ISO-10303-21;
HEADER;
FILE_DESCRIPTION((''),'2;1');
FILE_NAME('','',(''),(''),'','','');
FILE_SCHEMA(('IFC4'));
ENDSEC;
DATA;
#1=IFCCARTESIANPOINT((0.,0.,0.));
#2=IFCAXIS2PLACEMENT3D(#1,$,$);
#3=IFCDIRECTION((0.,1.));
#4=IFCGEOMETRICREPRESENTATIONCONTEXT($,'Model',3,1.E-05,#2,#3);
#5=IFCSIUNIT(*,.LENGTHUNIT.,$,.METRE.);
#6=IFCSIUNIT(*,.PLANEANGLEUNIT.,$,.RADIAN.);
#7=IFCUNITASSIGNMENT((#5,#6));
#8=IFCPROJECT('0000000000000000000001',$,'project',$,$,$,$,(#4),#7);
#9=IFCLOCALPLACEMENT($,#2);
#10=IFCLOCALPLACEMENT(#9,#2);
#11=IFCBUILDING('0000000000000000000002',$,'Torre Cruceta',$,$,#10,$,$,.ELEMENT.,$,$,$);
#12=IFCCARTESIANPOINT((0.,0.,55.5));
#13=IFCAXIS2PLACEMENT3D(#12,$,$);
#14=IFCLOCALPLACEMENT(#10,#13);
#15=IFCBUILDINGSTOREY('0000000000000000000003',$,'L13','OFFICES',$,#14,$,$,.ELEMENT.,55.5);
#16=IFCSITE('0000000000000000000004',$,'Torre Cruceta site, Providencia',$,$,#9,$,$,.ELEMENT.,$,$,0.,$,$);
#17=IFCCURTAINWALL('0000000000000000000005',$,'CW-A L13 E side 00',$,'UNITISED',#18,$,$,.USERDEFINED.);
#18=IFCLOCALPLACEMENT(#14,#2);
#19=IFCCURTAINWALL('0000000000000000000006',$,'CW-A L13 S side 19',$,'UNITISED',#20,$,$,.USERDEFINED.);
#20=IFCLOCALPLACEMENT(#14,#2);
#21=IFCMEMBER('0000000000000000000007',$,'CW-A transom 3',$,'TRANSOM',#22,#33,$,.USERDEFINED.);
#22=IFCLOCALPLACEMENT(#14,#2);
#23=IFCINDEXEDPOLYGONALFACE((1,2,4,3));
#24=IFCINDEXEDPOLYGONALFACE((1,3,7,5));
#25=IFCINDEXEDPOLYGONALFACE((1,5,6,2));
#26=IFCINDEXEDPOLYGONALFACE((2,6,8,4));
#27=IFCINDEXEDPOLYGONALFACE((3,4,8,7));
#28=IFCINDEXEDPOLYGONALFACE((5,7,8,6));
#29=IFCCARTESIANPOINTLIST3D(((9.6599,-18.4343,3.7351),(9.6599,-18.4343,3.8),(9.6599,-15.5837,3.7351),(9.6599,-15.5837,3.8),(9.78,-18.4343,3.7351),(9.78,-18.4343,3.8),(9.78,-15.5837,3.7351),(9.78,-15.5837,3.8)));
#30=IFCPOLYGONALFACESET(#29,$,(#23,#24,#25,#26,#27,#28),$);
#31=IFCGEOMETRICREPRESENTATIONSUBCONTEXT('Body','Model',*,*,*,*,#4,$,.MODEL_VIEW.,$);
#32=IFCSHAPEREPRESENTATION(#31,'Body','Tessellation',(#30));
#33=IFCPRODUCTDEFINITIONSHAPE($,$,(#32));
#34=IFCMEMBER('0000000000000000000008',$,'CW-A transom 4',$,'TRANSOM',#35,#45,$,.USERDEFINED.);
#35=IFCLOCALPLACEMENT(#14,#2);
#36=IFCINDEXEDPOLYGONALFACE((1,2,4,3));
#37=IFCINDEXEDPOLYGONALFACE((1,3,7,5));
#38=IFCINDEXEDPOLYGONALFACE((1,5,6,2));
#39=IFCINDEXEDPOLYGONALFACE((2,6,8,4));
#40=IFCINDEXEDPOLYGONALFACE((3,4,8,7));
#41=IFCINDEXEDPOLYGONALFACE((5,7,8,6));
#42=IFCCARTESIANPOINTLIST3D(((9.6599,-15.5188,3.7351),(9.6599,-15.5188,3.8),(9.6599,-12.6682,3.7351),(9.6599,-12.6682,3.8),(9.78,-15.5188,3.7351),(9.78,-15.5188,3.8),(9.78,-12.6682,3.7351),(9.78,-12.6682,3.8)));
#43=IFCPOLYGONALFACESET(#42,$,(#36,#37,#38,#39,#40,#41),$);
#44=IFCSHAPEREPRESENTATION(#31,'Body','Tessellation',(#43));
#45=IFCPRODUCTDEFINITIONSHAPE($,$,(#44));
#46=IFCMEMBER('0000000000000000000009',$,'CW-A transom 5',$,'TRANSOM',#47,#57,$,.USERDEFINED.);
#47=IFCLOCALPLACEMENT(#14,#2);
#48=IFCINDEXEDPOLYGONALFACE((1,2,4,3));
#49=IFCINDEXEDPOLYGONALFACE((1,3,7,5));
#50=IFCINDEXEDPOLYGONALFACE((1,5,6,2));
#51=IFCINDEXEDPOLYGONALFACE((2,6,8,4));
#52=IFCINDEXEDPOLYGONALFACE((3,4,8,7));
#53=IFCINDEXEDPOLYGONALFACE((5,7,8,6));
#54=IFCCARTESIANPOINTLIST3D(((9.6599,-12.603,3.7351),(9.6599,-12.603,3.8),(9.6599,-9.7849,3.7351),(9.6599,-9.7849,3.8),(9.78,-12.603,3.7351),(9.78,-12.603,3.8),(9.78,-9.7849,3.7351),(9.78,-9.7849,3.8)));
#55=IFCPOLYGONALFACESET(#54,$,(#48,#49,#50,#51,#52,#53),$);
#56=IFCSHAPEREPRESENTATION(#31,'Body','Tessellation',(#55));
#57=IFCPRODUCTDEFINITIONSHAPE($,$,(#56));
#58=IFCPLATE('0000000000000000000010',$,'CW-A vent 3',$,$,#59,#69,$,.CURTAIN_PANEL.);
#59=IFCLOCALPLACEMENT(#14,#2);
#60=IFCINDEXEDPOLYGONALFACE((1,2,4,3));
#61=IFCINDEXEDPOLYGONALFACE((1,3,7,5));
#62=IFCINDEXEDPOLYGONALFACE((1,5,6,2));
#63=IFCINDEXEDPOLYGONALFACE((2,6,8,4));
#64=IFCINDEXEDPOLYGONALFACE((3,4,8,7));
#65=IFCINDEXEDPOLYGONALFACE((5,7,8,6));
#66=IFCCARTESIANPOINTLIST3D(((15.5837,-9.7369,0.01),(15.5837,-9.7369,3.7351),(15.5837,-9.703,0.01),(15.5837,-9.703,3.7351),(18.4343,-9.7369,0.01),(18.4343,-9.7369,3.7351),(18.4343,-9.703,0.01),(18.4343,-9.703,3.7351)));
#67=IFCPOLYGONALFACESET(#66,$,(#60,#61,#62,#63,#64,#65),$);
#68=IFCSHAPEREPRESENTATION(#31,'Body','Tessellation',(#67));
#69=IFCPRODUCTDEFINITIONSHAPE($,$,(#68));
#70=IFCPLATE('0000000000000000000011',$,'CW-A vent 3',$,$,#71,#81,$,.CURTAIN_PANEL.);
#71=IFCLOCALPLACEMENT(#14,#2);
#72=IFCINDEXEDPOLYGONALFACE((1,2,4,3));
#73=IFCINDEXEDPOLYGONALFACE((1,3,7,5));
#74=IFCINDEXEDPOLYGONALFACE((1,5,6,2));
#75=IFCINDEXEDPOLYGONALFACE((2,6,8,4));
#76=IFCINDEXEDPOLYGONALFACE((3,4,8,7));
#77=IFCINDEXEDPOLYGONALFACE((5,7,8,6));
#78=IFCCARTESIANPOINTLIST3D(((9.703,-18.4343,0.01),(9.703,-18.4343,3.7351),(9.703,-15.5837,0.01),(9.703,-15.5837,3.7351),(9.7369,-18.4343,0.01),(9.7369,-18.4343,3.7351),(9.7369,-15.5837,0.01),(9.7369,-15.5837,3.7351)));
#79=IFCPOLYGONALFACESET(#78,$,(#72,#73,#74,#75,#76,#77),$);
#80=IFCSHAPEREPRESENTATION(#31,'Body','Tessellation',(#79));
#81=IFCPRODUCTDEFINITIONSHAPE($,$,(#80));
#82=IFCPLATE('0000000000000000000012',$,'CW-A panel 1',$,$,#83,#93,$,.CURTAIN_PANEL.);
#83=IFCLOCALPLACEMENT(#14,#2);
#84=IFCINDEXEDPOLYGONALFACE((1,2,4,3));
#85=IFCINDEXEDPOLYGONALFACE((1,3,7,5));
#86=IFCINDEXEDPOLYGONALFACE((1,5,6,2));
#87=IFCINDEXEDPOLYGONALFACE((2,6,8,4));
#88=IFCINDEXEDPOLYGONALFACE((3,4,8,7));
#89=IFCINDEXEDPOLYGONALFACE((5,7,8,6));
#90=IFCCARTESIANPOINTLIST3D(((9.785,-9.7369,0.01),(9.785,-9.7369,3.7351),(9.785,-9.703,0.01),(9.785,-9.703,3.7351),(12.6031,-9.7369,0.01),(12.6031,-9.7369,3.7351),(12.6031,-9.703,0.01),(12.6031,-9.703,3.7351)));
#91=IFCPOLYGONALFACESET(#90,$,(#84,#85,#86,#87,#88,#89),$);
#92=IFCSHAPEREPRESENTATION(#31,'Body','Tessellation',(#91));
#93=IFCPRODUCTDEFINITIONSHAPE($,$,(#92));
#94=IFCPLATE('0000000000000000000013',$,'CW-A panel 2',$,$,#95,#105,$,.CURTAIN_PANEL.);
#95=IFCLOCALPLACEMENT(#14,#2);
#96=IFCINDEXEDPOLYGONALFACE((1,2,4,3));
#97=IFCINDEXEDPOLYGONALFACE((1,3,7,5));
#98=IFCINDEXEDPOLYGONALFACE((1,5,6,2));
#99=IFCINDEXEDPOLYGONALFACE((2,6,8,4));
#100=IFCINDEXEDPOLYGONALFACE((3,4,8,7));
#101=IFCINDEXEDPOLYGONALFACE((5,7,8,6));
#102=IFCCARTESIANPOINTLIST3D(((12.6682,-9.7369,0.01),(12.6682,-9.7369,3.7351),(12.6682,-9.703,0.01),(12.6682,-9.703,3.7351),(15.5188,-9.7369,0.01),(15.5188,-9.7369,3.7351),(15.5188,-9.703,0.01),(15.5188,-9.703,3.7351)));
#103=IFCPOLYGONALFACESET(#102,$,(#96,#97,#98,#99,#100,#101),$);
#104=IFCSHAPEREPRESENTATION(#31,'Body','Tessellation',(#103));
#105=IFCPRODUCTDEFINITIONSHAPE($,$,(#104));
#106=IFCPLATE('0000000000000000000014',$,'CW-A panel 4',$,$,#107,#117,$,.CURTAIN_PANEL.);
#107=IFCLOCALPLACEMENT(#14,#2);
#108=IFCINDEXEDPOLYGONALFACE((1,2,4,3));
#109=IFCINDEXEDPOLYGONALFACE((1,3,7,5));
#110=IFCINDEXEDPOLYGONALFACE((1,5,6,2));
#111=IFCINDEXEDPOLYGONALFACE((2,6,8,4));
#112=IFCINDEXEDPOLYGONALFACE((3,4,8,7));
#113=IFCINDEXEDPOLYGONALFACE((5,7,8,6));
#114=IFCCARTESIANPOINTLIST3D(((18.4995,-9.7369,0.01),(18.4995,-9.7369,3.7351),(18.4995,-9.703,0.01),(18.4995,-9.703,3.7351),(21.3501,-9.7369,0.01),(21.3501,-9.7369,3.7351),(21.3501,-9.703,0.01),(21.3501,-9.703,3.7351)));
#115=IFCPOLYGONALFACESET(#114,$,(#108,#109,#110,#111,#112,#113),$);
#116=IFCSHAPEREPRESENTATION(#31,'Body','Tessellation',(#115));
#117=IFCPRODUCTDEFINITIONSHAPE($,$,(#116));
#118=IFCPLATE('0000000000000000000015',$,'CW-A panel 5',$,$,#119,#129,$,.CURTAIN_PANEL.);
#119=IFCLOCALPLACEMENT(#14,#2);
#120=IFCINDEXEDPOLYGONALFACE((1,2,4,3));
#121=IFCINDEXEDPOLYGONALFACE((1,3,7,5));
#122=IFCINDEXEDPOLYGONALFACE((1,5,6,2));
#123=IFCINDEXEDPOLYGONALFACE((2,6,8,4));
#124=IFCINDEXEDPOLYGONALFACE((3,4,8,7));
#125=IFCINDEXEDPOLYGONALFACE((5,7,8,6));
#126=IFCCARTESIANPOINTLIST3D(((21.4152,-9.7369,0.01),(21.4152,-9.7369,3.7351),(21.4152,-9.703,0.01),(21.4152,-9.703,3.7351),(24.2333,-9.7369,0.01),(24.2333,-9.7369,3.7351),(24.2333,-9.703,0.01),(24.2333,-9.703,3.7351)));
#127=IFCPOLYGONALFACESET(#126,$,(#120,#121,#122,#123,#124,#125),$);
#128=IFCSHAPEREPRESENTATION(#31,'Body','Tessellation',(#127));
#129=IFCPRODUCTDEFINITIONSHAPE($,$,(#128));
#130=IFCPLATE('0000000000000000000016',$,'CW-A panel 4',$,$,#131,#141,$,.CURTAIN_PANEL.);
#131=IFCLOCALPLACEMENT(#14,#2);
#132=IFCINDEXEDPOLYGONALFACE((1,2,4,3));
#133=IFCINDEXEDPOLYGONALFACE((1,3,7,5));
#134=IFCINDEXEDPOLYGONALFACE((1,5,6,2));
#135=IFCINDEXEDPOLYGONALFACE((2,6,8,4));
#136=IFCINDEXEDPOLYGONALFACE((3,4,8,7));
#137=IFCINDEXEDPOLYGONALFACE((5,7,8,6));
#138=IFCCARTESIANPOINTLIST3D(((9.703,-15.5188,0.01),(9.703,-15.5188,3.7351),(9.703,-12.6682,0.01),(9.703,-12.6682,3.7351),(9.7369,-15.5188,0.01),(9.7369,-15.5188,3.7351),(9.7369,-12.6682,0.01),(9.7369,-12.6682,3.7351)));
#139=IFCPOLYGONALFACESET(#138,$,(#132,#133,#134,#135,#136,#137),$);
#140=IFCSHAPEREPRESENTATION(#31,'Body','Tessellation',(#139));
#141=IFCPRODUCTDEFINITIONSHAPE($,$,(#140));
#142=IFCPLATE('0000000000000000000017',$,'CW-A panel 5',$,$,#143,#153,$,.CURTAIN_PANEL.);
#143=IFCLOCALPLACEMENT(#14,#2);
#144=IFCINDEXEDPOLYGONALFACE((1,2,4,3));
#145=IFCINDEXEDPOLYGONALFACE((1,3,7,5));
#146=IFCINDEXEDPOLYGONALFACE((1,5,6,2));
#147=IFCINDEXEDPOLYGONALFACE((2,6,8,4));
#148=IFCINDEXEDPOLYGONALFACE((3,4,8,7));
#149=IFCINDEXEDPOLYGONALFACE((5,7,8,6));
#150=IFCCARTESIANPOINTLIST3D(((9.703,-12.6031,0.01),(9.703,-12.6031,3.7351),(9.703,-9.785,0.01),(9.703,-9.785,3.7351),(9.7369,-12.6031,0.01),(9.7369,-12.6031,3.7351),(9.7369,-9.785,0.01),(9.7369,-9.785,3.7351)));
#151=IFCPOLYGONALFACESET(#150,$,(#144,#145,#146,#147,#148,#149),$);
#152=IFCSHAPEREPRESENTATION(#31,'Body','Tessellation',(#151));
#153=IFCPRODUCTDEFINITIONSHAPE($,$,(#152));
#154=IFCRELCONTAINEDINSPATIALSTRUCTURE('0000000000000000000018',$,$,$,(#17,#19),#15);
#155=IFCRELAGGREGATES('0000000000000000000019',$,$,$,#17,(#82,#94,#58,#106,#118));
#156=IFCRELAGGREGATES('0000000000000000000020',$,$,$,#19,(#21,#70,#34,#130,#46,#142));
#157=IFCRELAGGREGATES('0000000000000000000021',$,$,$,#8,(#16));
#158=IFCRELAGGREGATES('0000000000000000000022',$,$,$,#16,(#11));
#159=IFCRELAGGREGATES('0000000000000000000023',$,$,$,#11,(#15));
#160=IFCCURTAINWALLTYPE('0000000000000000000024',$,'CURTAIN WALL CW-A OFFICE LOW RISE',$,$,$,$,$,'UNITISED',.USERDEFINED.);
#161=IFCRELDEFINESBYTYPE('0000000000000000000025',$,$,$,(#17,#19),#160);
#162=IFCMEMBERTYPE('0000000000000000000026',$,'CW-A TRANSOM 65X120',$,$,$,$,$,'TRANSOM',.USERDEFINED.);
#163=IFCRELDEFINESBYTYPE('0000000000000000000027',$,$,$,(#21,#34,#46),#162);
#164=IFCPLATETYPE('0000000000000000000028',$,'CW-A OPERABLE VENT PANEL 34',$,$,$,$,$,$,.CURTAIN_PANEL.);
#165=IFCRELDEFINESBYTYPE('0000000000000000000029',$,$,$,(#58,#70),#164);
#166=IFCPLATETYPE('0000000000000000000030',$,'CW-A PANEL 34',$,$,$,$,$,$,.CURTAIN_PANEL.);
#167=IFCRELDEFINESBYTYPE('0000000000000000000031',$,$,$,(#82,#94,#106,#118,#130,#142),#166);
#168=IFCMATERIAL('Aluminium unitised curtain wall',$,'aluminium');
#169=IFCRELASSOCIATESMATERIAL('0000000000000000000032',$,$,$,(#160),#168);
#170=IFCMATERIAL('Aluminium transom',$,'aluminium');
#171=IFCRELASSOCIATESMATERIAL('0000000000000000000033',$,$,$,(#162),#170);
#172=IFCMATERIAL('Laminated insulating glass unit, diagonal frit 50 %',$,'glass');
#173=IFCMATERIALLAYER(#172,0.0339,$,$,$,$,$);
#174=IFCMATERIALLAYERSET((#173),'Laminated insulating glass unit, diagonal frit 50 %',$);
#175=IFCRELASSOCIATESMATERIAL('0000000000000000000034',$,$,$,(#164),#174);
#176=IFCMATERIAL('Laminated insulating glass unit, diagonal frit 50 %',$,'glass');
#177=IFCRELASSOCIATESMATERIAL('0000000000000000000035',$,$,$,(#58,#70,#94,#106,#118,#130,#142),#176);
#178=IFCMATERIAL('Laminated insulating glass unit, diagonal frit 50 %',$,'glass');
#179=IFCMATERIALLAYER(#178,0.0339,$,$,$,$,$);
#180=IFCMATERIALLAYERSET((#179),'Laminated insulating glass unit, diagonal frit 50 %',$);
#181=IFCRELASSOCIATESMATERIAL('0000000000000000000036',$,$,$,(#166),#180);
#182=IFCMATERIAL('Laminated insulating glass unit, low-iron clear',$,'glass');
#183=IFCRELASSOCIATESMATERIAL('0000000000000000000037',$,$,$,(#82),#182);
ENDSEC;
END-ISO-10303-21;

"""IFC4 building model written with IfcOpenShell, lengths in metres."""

from ifc_helpers import new_model, si_unit, direction, frame, origin, origin_2d, place, context, subcontext, project, spatial, rectangle, extrude, material, layer, layer_set, material_profile, profile_set, type_object, element, aggregate, save


model = new_model("IFC4")

# Units and contexts
model_context = context("Model", 3, precision=1e-05, world=origin(), true_north=direction((0.0, 1.0)))
body_context = subcontext(model_context, "Body", "Model", "MODEL_VIEW")
ifc_project = project(units=[si_unit("LENGTHUNIT", "METRE"), si_unit("PLANEANGLEUNIT", "RADIAN")], contexts=[model_context])

# Site, building, storey
site_placement = place(None, origin())
site = spatial("IfcSite", under=ifc_project, at=site_placement, Name="Torre Cruceta site, Providencia", CompositionType="ELEMENT", RefElevation=0.0)
building_placement = place(site_placement, origin())
building = spatial("IfcBuilding", under=site, at=building_placement, Name="Torre Cruceta", CompositionType="ELEMENT")
storey_placement = place(building_placement, frame((0.0, 0.0, 55.5)))
storey = spatial("IfcBuildingStorey", under=building, at=storey_placement, Name="L13", Description="OFFICES", CompositionType="ELEMENT", Elevation=55.5)

# Curtain walls
ifc_material_1 = material(Name="Aluminium unitised curtain wall", Category="aluminium")
curtain_wall_type = type_object("IfcCurtainWallType", Name="CURTAIN WALL CW-A OFFICE LOW RISE", ElementType="UNITISED", PredefinedType="USERDEFINED", material=ifc_material_1)
curtain_wall_1_placement = place(storey_placement, origin())
curtain_wall_1 = element("IfcCurtainWall", 1, at=curtain_wall_1_placement, inside=storey, type_object=curtain_wall_type, Name="CW-A L13 E side 00", ObjectType="UNITISED", PredefinedType="USERDEFINED")
curtain_wall_2_placement = place(storey_placement, origin())
curtain_wall_2 = element("IfcCurtainWall", 2, at=curtain_wall_2_placement, inside=storey, type_object=curtain_wall_type, Name="CW-A L13 S side 19", ObjectType="UNITISED", PredefinedType="USERDEFINED")

# Members
ifc_material_2 = material(Name="Aluminium transom", Category="aluminium")
ifc_material_profile_1 = material_profile(ifc_material_2, rectangle(XDim=0.1201, YDim=0.0649, at=origin_2d()), Name="AL 120X65")
ifc_profile_set_1 = profile_set([ifc_material_profile_1], Name="Aluminium transom")
member_type_1 = type_object("IfcMemberType", Name="CW-A TRANSOM 65X120", ElementType="TRANSOM", PredefinedType="USERDEFINED", material=ifc_profile_set_1)
member_1_placement = place(storey_placement, frame((9.72, -18.4343, 3.7676), z_axis=(0.0, 1.0, 0.0), x_axis=(-1.0, 0.0, 0.0)))
member_1 = element("IfcMember", 3, at=member_1_placement, type_object=member_type_1, Name="CW-A transom 3", ObjectType="TRANSOM", PredefinedType="USERDEFINED", context=body_context, shape_type="SweptSolid", body=[
    extrude(rectangle(XDim=0.1201, YDim=0.0649, at=origin_2d()), origin(), (0.0, 0.0, 1.0), 2.8506),
])
member_2_placement = place(storey_placement, frame((9.72, -15.5188, 3.7676), z_axis=(0.0, 1.0, 0.0), x_axis=(-1.0, 0.0, 0.0)))
member_2 = element("IfcMember", 4, at=member_2_placement, type_object=member_type_1, Name="CW-A transom 4", ObjectType="TRANSOM", PredefinedType="USERDEFINED", context=body_context, shape_type="SweptSolid", body=[
    extrude(rectangle(XDim=0.1201, YDim=0.0649, at=origin_2d()), origin(), (0.0, 0.0, 1.0), 2.8506),
])
member_3_placement = place(storey_placement, frame((9.72, -12.603, 3.7676), z_axis=(0.0, 1.0, 0.0), x_axis=(-1.0, 0.0, 0.0)))
member_3 = element("IfcMember", 5, at=member_3_placement, type_object=member_type_1, Name="CW-A transom 5", ObjectType="TRANSOM", PredefinedType="USERDEFINED", context=body_context, shape_type="SweptSolid", body=[
    extrude(rectangle(XDim=0.1201, YDim=0.0649, at=origin_2d()), origin(), (0.0, 0.0, 1.0), 2.8181),
])

# Plates
ifc_material_3 = material(Name="Laminated insulating glass unit, diagonal frit 50 %", Category="glass")
ifc_material_4 = material(Name="Laminated insulating glass unit, diagonal frit 50 %", Category="glass")
ifc_layer_1 = layer(ifc_material_4, 0.0339)
ifc_layer_set_1 = layer_set([ifc_layer_1], Name="Laminated insulating glass unit, diagonal frit 50 %")
plate_type_1 = type_object("IfcPlateType", Name="CW-A OPERABLE VENT PANEL 34", PredefinedType="CURTAIN_PANEL", material=ifc_layer_set_1)
plate_1_placement = place(storey_placement, frame((17.009, -9.72, 0.01), z_axis=(0.0, 0.0, 1.0), x_axis=(1.0, 0.0, 0.0)))
plate_1 = element("IfcPlate", 6, at=plate_1_placement, type_object=plate_type_1, material=ifc_material_3, Name="CW-A vent 3", PredefinedType="CURTAIN_PANEL", context=body_context, shape_type="SweptSolid", body=[
    extrude(rectangle(XDim=2.8506, YDim=0.0339, at=origin_2d()), origin(), (0.0, 0.0, 1.0), 3.7251),
])
plate_2_placement = place(storey_placement, frame((9.72, -17.009, 0.01), z_axis=(0.0, 0.0, 1.0), x_axis=(0.0, 1.0, 0.0)))
plate_2 = element("IfcPlate", 7, at=plate_2_placement, type_object=plate_type_1, material=ifc_material_3, Name="CW-A vent 3", PredefinedType="CURTAIN_PANEL", context=body_context, shape_type="SweptSolid", body=[
    extrude(rectangle(XDim=2.8506, YDim=0.0339, at=origin_2d()), origin(), (0.0, 0.0, 1.0), 3.7251),
])
ifc_material_5 = material(Name="Laminated insulating glass unit, low-iron clear", Category="glass")
ifc_material_6 = material(Name="Laminated insulating glass unit, diagonal frit 50 %", Category="glass")
ifc_layer_2 = layer(ifc_material_6, 0.0339)
ifc_layer_set_2 = layer_set([ifc_layer_2], Name="Laminated insulating glass unit, diagonal frit 50 %")
plate_type_2 = type_object("IfcPlateType", Name="CW-A PANEL 34", PredefinedType="CURTAIN_PANEL", material=ifc_layer_set_2)
plate_3_placement = place(storey_placement, frame((11.1941, -9.72, 0.01), z_axis=(0.0, 0.0, 1.0), x_axis=(1.0, 0.0, 0.0)))
plate_3 = element("IfcPlate", 8, at=plate_3_placement, type_object=plate_type_2, material=ifc_material_5, Name="CW-A panel 1", PredefinedType="CURTAIN_PANEL", context=body_context, shape_type="SweptSolid", body=[
    extrude(rectangle(XDim=2.8181, YDim=0.0339, at=origin_2d()), origin(), (0.0, 0.0, 1.0), 3.7251),
])
plate_4_placement = place(storey_placement, frame((14.0935, -9.72, 0.01), z_axis=(0.0, 0.0, 1.0), x_axis=(1.0, 0.0, 0.0)))
plate_4 = element("IfcPlate", 9, at=plate_4_placement, type_object=plate_type_2, material=ifc_material_3, Name="CW-A panel 2", PredefinedType="CURTAIN_PANEL", context=body_context, shape_type="SweptSolid", body=[
    extrude(rectangle(XDim=2.8506, YDim=0.0339, at=origin_2d()), origin(), (0.0, 0.0, 1.0), 3.7251),
])
plate_5_placement = place(storey_placement, frame((19.9248, -9.72, 0.01), z_axis=(0.0, 0.0, 1.0), x_axis=(1.0, 0.0, 0.0)))
plate_5 = element("IfcPlate", 10, at=plate_5_placement, type_object=plate_type_2, material=ifc_material_3, Name="CW-A panel 4", PredefinedType="CURTAIN_PANEL", context=body_context, shape_type="SweptSolid", body=[
    extrude(rectangle(XDim=2.8506, YDim=0.0339, at=origin_2d()), origin(), (0.0, 0.0, 1.0), 3.7251),
])
plate_6_placement = place(storey_placement, frame((22.8242, -9.72, 0.01), z_axis=(0.0, 0.0, 1.0), x_axis=(1.0, 0.0, 0.0)))
plate_6 = element("IfcPlate", 11, at=plate_6_placement, type_object=plate_type_2, material=ifc_material_3, Name="CW-A panel 5", PredefinedType="CURTAIN_PANEL", context=body_context, shape_type="SweptSolid", body=[
    extrude(rectangle(XDim=2.8181, YDim=0.0339, at=origin_2d()), origin(), (0.0, 0.0, 1.0), 3.7251),
])
aggregate(curtain_wall_1, [plate_3, plate_4, plate_1, plate_5, plate_6])
plate_7_placement = place(storey_placement, frame((9.72, -14.0935, 0.01), z_axis=(0.0, 0.0, 1.0), x_axis=(0.0, 1.0, 0.0)))
plate_7 = element("IfcPlate", 12, at=plate_7_placement, type_object=plate_type_2, material=ifc_material_3, Name="CW-A panel 4", PredefinedType="CURTAIN_PANEL", context=body_context, shape_type="SweptSolid", body=[
    extrude(rectangle(XDim=2.8506, YDim=0.0339, at=origin_2d()), origin(), (0.0, 0.0, 1.0), 3.7251),
])
plate_8_placement = place(storey_placement, frame((9.72, -11.1941, 0.01), z_axis=(0.0, 0.0, 1.0), x_axis=(0.0, 1.0, 0.0)))
plate_8 = element("IfcPlate", 13, at=plate_8_placement, type_object=plate_type_2, material=ifc_material_3, Name="CW-A panel 5", PredefinedType="CURTAIN_PANEL", context=body_context, shape_type="SweptSolid", body=[
    extrude(rectangle(XDim=2.8181, YDim=0.0339, at=origin_2d()), origin(), (0.0, 0.0, 1.0), 3.7251),
])
aggregate(curtain_wall_2, [member_1, plate_2, member_2, plate_7, member_3, plate_8])

save(model, "model.ifc")
